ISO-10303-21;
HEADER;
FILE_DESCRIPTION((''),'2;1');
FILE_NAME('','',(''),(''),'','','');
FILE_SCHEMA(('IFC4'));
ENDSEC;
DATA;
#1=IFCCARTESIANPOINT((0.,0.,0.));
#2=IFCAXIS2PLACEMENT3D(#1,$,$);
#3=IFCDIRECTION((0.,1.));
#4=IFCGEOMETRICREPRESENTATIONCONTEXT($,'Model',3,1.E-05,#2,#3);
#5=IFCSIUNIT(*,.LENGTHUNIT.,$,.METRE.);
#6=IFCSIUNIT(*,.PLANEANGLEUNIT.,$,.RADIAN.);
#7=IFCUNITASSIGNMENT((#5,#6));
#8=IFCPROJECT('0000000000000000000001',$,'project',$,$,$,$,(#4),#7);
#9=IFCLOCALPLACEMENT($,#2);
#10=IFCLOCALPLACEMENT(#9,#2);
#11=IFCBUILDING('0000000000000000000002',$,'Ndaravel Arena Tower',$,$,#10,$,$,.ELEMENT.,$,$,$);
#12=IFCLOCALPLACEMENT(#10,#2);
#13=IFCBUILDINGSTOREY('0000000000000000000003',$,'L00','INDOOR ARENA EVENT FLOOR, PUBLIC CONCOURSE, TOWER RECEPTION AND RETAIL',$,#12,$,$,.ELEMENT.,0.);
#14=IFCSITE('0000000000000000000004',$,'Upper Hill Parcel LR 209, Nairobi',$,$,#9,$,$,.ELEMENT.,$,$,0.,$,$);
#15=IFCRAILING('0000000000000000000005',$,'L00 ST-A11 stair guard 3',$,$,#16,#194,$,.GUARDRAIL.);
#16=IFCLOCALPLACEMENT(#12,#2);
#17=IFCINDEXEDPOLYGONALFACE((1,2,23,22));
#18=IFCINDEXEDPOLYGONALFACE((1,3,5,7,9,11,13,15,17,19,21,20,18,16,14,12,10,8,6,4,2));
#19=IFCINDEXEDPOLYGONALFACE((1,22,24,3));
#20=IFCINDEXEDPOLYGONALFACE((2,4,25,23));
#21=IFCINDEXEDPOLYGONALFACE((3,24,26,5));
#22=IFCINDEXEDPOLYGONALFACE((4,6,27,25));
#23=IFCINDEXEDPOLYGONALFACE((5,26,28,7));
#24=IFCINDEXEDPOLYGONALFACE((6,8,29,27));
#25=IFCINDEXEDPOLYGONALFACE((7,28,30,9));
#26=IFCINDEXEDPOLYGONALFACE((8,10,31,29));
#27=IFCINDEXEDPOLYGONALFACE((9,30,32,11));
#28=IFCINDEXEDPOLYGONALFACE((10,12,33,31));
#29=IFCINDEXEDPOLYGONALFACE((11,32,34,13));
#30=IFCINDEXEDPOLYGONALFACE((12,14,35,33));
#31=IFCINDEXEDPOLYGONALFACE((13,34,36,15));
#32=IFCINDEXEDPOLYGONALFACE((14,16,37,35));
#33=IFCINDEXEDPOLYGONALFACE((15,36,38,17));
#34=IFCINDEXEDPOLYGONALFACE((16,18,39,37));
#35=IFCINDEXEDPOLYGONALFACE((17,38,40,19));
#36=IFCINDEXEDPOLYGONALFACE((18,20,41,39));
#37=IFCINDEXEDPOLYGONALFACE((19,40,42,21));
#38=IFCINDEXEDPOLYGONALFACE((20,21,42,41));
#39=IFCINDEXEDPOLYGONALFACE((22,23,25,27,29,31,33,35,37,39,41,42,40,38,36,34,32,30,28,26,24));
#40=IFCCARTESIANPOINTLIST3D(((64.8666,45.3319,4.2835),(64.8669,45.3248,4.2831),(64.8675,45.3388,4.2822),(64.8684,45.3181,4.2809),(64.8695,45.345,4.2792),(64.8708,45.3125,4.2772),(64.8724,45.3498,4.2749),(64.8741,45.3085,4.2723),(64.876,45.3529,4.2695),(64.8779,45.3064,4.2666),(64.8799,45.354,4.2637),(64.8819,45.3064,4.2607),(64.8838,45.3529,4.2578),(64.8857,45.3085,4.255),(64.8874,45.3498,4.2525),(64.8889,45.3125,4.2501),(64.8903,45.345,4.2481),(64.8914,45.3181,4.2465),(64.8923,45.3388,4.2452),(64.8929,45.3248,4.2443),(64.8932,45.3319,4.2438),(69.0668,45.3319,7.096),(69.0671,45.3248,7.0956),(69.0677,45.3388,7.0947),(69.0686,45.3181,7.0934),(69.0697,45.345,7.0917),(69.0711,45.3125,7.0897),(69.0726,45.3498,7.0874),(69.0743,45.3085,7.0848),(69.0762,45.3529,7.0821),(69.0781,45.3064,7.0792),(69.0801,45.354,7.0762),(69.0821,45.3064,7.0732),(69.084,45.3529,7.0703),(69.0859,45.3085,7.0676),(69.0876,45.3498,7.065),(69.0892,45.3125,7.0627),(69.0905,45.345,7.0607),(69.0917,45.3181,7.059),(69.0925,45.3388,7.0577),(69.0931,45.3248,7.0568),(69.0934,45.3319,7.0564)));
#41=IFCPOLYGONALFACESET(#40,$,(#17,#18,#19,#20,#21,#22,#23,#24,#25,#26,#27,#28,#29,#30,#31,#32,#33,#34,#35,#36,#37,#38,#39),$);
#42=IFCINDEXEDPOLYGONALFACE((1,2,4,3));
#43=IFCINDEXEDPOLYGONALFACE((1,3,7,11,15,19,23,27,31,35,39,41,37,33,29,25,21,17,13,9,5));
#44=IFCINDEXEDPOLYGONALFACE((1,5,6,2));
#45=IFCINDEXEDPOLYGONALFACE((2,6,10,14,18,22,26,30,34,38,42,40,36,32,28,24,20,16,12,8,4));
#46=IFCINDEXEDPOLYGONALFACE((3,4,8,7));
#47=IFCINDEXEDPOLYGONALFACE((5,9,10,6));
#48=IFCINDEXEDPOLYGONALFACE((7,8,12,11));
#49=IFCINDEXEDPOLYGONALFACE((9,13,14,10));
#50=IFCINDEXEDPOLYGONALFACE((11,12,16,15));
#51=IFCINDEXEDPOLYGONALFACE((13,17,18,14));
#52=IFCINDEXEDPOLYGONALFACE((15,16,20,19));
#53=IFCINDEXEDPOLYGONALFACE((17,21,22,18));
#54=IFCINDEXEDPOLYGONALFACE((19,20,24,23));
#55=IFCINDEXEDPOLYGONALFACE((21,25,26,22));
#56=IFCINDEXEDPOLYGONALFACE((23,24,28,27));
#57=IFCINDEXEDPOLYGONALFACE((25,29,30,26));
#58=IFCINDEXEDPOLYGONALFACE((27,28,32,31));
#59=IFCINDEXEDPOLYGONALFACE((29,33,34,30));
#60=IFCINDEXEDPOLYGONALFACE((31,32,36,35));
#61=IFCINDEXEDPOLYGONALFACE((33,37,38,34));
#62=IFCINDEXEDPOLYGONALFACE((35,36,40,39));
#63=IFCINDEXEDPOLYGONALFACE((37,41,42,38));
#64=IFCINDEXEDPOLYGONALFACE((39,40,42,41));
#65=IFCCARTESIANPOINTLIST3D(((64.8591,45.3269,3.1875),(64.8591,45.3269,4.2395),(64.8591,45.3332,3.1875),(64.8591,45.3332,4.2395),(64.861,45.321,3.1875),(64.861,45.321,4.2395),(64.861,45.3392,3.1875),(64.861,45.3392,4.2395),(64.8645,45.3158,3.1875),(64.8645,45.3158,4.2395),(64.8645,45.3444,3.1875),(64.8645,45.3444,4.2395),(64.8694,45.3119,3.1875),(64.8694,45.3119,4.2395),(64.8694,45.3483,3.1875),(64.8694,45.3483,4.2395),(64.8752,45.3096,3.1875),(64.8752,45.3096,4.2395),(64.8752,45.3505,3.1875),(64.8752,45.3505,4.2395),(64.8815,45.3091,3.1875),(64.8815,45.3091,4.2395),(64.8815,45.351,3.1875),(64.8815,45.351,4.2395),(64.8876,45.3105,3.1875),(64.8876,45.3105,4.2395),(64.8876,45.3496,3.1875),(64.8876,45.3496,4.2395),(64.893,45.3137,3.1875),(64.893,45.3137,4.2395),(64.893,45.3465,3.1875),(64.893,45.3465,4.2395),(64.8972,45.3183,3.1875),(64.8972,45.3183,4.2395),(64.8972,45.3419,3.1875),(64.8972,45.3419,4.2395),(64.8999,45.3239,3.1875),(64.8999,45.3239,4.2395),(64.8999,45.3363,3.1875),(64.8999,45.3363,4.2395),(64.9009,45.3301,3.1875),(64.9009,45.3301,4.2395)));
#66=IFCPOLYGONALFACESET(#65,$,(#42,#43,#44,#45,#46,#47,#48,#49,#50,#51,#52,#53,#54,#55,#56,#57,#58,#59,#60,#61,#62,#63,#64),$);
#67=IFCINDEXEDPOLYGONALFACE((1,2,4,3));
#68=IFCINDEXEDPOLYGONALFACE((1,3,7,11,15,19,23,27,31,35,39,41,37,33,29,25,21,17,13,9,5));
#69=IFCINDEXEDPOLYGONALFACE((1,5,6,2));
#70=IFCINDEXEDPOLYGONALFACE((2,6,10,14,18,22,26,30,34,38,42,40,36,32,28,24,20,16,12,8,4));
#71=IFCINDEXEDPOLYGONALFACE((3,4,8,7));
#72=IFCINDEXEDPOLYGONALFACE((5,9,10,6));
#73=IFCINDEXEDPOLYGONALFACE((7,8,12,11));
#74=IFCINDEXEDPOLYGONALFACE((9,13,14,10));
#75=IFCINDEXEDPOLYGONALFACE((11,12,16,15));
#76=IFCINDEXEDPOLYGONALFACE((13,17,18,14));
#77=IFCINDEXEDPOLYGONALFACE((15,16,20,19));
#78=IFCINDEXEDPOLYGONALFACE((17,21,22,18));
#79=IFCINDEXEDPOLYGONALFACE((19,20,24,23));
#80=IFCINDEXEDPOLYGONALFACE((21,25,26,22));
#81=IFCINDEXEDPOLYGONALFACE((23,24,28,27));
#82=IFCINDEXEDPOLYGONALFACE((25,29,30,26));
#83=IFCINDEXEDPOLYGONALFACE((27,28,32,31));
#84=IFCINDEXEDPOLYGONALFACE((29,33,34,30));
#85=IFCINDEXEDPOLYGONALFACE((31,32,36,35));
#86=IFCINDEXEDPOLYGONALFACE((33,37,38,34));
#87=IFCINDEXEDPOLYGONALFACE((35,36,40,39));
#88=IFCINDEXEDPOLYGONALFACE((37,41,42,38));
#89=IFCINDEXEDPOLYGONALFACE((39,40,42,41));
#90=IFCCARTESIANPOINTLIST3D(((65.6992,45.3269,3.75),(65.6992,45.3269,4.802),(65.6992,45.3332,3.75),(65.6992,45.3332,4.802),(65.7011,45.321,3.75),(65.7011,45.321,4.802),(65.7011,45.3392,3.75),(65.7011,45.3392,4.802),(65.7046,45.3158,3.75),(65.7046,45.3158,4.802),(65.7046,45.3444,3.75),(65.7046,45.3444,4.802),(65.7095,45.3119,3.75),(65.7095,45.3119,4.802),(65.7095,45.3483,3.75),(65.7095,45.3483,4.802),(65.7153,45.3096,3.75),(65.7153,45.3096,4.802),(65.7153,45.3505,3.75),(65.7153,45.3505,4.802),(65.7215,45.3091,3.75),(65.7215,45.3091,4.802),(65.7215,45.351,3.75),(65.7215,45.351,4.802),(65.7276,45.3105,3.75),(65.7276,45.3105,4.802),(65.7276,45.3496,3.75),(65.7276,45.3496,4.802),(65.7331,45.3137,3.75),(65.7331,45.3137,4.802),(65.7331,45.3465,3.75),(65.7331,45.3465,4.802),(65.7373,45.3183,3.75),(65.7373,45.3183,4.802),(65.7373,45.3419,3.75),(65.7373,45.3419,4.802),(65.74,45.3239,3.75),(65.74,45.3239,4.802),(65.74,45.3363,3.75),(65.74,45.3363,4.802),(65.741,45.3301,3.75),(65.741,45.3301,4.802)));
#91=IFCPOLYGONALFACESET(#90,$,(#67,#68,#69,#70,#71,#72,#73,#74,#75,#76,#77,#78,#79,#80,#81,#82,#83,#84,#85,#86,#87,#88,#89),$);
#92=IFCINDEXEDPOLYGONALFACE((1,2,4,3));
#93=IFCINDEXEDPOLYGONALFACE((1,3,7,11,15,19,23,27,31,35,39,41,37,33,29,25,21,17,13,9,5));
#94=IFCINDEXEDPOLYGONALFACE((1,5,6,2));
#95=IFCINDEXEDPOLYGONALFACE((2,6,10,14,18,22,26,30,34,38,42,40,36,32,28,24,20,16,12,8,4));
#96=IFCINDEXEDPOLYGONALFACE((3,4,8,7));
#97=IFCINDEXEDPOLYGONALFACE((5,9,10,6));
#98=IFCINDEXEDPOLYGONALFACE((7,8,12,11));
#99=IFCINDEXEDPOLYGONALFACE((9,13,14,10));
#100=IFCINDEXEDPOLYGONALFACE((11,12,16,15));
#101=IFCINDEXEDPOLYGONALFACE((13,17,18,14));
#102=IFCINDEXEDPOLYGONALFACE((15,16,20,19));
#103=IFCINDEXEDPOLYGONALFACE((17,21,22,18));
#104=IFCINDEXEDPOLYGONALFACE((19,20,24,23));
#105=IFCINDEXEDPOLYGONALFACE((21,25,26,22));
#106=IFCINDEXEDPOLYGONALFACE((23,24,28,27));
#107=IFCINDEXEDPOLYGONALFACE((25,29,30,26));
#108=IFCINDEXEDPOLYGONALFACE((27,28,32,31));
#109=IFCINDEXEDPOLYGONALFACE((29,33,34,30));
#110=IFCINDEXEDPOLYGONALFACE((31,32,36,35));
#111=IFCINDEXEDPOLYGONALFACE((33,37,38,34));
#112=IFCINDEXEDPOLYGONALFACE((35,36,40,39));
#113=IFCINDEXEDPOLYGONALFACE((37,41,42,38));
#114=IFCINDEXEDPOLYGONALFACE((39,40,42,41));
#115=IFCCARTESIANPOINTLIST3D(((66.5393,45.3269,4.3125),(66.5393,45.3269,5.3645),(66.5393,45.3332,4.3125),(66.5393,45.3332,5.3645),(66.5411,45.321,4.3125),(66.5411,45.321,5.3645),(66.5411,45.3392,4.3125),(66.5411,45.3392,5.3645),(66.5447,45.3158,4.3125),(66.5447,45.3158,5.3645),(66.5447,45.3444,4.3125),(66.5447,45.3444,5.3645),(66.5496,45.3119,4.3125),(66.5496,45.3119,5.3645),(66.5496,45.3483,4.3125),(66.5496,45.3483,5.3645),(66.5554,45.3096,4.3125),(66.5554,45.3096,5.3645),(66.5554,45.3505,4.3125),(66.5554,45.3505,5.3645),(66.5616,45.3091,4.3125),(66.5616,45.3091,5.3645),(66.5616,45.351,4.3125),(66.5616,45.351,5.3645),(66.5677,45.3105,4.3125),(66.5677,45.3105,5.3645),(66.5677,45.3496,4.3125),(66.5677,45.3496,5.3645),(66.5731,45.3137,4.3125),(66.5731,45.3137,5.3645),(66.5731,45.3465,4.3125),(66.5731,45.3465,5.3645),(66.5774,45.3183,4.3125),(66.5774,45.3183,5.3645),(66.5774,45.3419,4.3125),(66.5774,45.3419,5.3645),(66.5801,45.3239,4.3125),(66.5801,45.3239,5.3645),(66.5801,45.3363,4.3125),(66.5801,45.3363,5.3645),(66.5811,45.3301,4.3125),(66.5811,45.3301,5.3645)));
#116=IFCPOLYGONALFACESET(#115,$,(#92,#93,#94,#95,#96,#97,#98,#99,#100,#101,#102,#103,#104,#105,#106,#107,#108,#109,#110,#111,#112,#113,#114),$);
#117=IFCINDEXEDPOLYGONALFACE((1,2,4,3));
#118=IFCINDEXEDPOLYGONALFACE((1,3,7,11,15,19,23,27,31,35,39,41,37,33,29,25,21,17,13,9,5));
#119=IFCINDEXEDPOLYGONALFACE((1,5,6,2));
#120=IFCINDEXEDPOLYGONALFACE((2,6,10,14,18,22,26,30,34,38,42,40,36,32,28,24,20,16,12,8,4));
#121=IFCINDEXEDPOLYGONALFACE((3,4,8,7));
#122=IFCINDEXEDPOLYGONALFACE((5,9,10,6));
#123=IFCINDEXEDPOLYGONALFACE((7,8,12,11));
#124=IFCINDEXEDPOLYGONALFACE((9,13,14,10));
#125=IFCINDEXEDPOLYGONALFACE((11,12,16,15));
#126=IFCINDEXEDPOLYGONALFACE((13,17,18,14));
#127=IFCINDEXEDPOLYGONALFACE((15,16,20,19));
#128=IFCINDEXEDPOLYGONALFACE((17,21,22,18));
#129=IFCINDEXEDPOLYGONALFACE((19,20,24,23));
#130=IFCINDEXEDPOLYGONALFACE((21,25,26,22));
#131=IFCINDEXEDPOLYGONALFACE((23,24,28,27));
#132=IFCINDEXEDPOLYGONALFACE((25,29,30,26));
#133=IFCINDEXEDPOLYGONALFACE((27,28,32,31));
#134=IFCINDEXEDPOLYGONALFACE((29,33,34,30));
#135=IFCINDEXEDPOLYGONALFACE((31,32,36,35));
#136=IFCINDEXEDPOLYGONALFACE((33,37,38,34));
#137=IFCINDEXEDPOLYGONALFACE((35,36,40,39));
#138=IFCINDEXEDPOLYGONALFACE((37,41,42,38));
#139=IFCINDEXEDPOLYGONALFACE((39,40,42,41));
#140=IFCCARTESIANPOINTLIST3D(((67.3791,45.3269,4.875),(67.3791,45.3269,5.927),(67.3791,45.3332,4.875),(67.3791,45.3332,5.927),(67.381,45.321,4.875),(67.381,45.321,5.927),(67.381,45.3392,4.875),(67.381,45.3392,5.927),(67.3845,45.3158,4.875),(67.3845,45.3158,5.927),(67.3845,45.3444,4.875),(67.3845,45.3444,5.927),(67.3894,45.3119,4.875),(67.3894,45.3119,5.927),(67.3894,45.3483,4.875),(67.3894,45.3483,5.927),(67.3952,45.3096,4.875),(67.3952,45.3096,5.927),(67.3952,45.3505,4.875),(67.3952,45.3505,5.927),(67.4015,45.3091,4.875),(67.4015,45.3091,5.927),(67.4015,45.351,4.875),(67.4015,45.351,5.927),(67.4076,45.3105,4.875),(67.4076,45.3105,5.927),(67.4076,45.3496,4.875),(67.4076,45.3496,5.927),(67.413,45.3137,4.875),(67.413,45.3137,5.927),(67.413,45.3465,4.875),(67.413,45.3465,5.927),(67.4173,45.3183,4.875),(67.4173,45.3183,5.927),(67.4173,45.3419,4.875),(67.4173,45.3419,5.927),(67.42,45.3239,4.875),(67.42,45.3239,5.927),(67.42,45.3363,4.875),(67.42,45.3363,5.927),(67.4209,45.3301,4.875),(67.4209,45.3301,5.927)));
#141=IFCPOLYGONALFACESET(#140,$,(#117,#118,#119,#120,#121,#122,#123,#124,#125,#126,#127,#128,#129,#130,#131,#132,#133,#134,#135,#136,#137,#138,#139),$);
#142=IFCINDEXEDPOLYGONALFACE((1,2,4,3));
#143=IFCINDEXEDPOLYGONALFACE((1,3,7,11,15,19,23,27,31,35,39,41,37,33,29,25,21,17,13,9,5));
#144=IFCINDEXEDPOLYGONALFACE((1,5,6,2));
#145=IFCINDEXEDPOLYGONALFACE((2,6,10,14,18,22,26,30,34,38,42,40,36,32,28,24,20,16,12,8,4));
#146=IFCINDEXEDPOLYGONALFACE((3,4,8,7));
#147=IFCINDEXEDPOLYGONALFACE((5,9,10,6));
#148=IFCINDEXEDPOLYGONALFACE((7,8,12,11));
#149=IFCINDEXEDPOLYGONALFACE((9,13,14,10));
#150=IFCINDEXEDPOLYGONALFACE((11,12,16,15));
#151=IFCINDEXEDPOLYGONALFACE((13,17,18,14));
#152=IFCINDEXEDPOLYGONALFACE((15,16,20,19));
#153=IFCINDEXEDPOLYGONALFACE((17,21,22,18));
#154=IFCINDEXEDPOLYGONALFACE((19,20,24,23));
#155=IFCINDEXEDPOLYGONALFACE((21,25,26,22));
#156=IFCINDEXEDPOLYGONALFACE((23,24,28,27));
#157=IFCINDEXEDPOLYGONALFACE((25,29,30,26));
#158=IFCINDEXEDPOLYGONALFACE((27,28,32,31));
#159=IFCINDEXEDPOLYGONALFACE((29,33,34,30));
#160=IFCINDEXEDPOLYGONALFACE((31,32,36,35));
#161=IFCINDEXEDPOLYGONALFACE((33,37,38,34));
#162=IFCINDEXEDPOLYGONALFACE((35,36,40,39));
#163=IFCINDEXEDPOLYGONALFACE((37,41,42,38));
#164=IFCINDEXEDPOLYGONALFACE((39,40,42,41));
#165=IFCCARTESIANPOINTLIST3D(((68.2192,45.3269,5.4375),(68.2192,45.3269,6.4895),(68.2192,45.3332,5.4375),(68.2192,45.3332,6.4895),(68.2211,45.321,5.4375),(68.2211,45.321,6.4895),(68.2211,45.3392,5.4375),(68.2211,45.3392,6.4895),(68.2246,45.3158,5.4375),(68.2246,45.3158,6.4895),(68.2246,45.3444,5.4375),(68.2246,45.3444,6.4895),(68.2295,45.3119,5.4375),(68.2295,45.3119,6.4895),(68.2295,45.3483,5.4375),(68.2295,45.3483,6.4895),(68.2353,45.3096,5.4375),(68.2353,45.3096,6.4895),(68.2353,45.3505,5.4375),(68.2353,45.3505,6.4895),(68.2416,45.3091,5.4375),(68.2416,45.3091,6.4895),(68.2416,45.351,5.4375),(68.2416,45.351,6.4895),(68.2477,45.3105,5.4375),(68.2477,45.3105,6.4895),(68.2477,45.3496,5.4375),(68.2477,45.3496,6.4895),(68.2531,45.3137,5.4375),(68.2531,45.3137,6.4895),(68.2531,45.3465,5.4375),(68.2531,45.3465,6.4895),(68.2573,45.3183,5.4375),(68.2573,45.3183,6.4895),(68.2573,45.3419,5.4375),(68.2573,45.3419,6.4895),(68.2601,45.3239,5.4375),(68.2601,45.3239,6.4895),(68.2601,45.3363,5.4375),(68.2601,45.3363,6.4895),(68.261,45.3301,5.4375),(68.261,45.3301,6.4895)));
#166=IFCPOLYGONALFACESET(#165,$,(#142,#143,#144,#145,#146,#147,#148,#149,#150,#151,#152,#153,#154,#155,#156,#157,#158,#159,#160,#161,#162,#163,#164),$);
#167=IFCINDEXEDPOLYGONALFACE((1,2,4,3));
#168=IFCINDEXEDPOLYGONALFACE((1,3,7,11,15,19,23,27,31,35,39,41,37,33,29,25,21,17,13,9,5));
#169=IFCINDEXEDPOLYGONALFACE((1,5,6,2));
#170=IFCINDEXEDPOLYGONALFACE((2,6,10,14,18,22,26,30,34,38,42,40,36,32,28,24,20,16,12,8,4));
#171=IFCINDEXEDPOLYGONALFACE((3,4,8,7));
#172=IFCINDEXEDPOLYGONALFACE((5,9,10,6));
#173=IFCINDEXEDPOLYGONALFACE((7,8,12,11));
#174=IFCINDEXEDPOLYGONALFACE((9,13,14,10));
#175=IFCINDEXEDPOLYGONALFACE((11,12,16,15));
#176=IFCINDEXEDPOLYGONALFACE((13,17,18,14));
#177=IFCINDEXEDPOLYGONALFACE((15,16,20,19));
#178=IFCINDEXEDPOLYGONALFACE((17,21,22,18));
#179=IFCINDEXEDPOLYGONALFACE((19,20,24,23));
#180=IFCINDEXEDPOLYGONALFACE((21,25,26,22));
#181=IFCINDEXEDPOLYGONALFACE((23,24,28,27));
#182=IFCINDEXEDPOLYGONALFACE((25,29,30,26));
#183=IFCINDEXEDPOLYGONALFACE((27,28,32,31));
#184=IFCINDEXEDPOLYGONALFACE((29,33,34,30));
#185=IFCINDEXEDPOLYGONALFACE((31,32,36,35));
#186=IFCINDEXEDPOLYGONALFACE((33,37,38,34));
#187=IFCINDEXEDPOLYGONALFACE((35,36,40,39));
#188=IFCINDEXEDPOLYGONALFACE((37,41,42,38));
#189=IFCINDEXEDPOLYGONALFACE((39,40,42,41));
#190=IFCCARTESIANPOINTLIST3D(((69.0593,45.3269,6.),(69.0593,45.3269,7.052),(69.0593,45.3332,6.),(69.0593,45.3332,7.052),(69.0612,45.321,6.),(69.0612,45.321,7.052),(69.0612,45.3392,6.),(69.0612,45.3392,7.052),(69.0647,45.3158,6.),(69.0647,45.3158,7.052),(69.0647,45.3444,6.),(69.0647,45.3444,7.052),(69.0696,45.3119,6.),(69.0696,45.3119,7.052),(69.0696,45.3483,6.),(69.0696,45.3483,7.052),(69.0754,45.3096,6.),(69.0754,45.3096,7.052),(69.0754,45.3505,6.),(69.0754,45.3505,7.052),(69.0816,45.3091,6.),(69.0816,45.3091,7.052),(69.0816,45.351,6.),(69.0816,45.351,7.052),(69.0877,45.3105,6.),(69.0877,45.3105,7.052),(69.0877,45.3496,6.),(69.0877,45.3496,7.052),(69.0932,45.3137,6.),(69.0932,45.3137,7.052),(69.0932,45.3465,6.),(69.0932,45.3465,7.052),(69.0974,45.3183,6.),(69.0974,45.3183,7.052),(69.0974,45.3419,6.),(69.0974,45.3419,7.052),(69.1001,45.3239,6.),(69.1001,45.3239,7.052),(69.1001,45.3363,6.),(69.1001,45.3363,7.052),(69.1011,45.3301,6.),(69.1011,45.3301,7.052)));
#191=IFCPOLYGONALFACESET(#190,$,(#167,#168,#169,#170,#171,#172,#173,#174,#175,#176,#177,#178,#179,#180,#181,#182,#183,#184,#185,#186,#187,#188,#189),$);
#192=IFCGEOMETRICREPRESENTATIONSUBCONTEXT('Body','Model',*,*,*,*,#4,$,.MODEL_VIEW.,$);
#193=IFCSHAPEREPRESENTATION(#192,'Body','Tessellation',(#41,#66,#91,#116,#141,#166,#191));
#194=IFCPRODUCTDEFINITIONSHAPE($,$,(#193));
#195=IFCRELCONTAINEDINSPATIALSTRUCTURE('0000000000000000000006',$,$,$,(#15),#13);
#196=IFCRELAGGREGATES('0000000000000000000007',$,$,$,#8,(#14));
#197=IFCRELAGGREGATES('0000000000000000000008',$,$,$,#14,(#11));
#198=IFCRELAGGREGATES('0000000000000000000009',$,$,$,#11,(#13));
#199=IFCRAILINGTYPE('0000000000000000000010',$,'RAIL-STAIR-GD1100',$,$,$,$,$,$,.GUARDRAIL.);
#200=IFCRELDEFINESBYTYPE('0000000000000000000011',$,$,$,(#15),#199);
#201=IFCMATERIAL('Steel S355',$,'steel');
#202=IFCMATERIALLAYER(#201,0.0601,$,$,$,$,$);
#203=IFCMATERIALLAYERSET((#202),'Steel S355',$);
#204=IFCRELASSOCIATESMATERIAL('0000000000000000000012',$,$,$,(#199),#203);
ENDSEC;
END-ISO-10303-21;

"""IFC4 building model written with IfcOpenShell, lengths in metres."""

from ifc_helpers import new_model, si_unit, direction, frame, origin, origin_2d, place, context, subcontext, project, spatial, circle, extrude, material, layer, layer_set, type_object, element, save


model = new_model("IFC4")

# Units and contexts
model_context = context("Model", 3, precision=1e-05, world=origin(), true_north=direction((0.0, 1.0)))
body_context = subcontext(model_context, "Body", "Model", "MODEL_VIEW")
ifc_project = project(units=[si_unit("LENGTHUNIT", "METRE"), si_unit("PLANEANGLEUNIT", "RADIAN")], contexts=[model_context])

# Site, building, storey
site_placement = place(None, origin())
site = spatial("IfcSite", under=ifc_project, at=site_placement, Name="Upper Hill Parcel LR 209, Nairobi", CompositionType="ELEMENT", RefElevation=0.0)
building_placement = place(site_placement, origin())
building = spatial("IfcBuilding", under=site, at=building_placement, Name="Ndaravel Arena Tower", CompositionType="ELEMENT")
storey_placement = place(building_placement, origin())
storey = spatial("IfcBuildingStorey", under=building, at=storey_placement, Name="L00", Description="INDOOR ARENA EVENT FLOOR, PUBLIC CONCOURSE, TOWER RECEPTION AND RETAIL", CompositionType="ELEMENT", Elevation=0.0)

# Railing
ifc_material_1 = material(Name="Steel S355", Category="steel")
ifc_layer_1 = layer(ifc_material_1, 0.0601)
ifc_layer_set_1 = layer_set([ifc_layer_1], Name="Steel S355")
railing_type_1 = type_object("IfcRailingType", Name="RAIL-STAIR-GD1100", PredefinedType="GUARDRAIL", material=ifc_layer_set_1)
railing_1_placement = place(storey_placement, frame((64.8799, 45.3301, 3.1875)))
element("IfcRailing", 1, at=railing_1_placement, inside=storey, type_object=railing_type_1, Name="L00 ST-A11 stair guard 3", PredefinedType="GUARDRAIL", context=body_context, shape_type="SweptSolid", body=[
    extrude(circle(Radius=0.0239, at=origin_2d()), frame((0.0, 0.0, 1.0762), z_axis=(0.830919, 0.0, 0.556393), x_axis=(0.0, 1.0, 0.0)), (0.0, 0.0, 1.0), 5.0549),
    extrude(circle(Radius=0.021, at=origin_2d()), origin(), (0.0, 0.0, 1.0), 1.052),
    extrude(circle(Radius=0.021, at=origin_2d()), frame((0.8401, 0.0, 0.5625)), (0.0, 0.0, 1.0), 1.052),
    extrude(circle(Radius=0.021, at=origin_2d()), frame((1.6802, 0.0, 1.125)), (0.0, 0.0, 1.0), 1.052),
    extrude(circle(Radius=0.021, at=origin_2d()), frame((2.52, 0.0, 1.6875)), (0.0, 0.0, 1.0), 1.052),
    extrude(circle(Radius=0.021, at=origin_2d()), frame((3.3601, 0.0, 2.25)), (0.0, 0.0, 1.0), 1.052),
    extrude(circle(Radius=0.021, at=origin_2d()), frame((4.2002, 0.0, 2.8125)), (0.0, 0.0, 1.0), 1.052),
])

save(model, "model.ifc")
